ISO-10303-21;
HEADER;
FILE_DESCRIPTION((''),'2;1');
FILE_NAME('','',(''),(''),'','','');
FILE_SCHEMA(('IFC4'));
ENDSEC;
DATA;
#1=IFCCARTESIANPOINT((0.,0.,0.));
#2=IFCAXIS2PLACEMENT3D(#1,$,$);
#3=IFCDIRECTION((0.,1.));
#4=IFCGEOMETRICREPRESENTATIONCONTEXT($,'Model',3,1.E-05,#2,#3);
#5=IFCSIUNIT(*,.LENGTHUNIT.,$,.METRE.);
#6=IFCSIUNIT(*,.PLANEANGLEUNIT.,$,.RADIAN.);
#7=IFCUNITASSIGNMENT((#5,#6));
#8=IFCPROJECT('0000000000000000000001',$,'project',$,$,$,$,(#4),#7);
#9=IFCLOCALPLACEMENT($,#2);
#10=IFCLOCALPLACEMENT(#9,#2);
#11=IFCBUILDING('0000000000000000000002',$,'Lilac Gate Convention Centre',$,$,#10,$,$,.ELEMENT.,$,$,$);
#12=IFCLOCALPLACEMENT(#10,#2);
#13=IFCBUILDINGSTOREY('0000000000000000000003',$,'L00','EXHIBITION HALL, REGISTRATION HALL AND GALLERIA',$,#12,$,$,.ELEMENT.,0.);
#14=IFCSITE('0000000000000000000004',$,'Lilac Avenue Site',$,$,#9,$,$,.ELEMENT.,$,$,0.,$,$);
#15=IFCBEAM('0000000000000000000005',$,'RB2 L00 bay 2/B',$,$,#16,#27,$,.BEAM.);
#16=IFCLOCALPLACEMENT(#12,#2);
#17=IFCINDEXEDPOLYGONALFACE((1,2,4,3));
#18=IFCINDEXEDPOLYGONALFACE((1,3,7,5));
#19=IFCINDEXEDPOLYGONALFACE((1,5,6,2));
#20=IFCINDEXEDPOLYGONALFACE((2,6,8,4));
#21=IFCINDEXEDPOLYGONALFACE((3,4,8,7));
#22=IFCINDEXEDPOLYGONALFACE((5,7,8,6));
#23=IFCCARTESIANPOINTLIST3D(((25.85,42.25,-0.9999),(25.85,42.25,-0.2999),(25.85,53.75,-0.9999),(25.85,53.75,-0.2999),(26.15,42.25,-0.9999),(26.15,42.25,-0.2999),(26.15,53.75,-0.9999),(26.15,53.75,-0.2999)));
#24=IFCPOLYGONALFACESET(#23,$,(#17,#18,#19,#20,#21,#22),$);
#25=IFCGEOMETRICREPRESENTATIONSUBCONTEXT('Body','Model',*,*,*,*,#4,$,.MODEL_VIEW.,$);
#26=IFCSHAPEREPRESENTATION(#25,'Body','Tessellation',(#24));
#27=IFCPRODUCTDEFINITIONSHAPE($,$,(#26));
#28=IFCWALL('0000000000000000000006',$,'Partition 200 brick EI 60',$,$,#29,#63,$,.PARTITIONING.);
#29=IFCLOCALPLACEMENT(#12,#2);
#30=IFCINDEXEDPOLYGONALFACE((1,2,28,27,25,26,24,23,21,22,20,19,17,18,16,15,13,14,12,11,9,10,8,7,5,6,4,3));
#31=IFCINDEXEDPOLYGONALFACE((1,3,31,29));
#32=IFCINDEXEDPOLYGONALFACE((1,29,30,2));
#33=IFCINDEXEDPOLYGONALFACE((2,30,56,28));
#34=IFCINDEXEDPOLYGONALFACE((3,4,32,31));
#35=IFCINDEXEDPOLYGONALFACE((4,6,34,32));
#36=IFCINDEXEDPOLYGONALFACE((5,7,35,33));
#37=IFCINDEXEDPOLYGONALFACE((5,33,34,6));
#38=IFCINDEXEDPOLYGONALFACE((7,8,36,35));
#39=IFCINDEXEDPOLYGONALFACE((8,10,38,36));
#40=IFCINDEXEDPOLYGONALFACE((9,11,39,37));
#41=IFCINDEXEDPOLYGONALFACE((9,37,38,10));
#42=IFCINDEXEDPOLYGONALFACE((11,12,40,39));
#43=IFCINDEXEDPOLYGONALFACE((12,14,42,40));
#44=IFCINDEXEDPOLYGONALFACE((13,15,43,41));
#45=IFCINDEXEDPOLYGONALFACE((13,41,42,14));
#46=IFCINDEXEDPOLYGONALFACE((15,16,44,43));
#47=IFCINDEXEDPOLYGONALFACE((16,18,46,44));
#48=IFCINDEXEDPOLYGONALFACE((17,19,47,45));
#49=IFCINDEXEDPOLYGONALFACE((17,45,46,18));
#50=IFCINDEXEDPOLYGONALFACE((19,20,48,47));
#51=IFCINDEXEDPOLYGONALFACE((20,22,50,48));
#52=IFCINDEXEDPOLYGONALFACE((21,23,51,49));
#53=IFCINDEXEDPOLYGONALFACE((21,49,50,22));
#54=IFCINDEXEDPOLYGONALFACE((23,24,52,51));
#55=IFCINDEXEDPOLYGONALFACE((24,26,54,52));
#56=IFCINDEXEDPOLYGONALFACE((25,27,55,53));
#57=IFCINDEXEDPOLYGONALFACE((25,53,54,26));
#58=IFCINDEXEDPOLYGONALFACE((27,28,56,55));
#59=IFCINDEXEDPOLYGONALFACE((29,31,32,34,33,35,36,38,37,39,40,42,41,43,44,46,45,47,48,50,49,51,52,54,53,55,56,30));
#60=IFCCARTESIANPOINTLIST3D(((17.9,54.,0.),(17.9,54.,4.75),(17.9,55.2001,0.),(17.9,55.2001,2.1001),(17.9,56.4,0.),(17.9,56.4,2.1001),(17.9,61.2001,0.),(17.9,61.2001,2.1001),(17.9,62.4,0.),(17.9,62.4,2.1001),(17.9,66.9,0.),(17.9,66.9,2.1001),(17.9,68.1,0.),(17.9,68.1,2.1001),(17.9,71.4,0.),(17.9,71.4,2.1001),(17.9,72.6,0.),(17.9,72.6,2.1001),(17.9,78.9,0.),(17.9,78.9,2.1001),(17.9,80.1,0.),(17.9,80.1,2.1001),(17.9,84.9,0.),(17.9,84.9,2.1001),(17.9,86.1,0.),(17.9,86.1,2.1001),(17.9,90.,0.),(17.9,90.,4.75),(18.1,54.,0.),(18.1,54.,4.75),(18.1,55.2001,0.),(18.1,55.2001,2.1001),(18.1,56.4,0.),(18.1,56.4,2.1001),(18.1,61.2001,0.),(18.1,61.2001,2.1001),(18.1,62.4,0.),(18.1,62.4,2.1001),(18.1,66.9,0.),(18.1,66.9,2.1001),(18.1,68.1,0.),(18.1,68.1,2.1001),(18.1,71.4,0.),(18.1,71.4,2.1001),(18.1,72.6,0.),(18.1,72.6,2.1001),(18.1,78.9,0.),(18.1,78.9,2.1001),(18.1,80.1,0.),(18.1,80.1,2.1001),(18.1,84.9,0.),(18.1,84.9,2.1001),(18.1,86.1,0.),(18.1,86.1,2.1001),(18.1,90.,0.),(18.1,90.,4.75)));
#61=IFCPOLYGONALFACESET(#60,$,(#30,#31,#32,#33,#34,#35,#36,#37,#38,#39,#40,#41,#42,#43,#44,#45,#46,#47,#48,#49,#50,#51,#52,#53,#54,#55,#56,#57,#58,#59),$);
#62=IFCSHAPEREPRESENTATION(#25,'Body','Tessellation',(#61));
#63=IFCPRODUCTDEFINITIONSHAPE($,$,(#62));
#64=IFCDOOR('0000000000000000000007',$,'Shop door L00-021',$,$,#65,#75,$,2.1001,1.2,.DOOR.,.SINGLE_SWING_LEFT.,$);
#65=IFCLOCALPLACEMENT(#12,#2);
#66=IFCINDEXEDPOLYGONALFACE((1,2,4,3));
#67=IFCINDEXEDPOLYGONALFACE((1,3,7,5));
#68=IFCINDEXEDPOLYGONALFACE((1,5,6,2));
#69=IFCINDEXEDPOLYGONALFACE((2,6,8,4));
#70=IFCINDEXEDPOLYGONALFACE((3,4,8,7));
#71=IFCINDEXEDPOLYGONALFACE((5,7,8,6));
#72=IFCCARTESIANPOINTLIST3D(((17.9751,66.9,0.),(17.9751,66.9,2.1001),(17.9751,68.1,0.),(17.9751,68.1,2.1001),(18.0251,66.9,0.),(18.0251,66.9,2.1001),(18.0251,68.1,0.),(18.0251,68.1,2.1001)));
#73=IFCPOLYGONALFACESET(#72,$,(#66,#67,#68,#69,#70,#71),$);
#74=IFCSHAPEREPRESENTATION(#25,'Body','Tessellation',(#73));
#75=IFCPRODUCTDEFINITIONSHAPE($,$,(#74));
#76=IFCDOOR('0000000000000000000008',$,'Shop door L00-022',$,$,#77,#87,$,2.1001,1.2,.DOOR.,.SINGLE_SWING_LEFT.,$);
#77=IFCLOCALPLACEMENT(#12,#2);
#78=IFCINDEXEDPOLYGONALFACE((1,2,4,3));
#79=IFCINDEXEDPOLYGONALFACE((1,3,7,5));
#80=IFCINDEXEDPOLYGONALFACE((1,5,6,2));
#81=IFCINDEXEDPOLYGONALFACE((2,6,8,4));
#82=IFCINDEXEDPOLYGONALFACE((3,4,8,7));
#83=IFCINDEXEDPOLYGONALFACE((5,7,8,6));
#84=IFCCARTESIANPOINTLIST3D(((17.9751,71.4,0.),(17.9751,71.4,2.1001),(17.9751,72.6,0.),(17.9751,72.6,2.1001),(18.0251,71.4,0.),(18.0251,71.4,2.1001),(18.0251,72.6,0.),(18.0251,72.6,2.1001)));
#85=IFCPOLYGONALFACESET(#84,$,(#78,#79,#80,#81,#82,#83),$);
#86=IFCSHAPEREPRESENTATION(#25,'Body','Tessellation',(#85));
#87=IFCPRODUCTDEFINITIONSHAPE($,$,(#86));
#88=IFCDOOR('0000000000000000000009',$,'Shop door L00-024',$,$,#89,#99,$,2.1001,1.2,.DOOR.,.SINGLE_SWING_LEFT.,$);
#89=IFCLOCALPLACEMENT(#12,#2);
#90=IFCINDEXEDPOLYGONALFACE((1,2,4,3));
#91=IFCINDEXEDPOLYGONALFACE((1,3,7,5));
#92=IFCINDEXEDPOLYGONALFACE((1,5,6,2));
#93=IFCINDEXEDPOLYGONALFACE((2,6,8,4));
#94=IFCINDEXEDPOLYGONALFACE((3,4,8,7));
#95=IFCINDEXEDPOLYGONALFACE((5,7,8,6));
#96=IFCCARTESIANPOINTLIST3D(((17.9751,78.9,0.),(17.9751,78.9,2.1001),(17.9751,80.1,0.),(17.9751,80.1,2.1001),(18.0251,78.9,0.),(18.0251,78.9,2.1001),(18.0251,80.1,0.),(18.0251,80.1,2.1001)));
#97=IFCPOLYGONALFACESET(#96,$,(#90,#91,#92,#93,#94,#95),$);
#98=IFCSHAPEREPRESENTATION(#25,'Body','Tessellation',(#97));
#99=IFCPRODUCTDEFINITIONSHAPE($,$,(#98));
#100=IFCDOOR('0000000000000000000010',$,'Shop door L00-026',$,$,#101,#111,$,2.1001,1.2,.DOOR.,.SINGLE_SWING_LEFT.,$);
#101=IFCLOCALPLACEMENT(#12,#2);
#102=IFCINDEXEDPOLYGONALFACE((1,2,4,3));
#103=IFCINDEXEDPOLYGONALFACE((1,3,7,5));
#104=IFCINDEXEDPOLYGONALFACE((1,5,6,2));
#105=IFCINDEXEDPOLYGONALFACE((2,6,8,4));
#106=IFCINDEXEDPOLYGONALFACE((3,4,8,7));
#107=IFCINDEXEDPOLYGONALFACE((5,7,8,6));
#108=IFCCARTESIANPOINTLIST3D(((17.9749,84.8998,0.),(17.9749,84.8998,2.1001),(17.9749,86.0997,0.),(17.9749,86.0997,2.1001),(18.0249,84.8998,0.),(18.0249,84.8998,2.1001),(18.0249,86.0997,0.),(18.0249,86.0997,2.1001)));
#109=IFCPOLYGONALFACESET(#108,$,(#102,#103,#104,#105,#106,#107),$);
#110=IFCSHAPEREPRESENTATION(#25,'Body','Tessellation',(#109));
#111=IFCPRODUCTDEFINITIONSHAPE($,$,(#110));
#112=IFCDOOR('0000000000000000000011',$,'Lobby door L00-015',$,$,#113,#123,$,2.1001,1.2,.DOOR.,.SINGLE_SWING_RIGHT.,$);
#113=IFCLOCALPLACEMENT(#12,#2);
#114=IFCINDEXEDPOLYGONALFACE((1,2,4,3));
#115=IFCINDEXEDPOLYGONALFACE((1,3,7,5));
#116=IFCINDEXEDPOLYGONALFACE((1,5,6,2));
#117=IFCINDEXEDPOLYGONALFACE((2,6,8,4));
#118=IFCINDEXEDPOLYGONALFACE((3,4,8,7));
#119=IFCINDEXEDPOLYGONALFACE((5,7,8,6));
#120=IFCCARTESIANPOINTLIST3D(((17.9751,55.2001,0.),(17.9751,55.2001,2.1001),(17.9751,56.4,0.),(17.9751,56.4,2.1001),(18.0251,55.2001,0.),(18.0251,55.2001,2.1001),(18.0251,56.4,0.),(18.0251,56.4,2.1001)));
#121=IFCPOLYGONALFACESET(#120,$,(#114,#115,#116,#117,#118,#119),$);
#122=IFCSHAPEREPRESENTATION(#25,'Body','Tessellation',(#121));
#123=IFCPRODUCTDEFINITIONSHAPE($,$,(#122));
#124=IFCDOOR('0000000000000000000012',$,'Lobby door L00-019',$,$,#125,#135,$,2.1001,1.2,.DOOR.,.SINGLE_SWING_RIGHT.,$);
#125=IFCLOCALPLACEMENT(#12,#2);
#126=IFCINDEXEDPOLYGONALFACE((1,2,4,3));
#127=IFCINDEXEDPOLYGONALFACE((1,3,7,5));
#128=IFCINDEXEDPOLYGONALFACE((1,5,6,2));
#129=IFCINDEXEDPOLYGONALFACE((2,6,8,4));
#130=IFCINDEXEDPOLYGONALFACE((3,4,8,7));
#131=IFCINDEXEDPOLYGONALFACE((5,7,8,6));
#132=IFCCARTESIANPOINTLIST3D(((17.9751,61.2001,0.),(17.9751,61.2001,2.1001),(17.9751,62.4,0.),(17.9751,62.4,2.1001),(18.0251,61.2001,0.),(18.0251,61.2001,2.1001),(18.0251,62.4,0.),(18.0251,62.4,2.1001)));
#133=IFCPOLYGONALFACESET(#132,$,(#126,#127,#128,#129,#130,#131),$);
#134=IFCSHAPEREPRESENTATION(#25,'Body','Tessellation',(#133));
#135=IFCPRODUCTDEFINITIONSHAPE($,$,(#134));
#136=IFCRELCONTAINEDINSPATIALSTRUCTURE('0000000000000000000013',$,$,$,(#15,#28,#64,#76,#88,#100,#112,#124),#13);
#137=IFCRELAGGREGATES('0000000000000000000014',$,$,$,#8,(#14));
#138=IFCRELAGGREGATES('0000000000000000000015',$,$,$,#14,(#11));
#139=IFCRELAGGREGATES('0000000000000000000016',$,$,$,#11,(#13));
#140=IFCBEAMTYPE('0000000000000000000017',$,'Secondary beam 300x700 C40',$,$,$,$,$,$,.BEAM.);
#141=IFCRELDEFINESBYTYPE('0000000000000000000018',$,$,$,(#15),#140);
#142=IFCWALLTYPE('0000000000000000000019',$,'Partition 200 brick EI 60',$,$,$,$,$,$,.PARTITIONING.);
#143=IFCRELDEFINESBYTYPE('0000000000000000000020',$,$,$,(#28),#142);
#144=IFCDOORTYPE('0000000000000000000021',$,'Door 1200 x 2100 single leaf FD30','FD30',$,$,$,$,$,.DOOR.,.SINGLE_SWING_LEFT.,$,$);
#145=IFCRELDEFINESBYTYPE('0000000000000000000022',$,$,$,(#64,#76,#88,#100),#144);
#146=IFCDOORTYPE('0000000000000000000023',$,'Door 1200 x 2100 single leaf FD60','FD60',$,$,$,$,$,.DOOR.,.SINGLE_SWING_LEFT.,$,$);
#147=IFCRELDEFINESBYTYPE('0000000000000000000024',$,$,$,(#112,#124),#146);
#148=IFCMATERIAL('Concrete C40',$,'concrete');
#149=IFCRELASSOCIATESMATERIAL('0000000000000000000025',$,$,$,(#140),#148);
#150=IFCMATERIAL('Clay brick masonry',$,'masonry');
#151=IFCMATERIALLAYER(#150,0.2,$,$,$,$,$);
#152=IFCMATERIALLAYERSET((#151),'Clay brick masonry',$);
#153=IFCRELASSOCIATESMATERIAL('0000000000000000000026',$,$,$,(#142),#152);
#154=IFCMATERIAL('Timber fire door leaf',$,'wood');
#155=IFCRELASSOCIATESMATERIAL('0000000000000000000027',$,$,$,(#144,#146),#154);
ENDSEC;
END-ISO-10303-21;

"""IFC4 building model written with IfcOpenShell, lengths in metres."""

from ifc_helpers import new_model, si_unit, direction, frame, frame_2d, origin, origin_2d, place, context, subcontext, project, spatial, rectangle, extrude, material, layer, layer_set, material_profile, profile_set, type_object, element, fill, save


model = new_model("IFC4")

# Units and contexts
model_context = context("Model", 3, precision=1e-05, world=origin(), true_north=direction((0.0, 1.0)))
body_context = subcontext(model_context, "Body", "Model", "MODEL_VIEW")
ifc_project = project(units=[si_unit("LENGTHUNIT", "METRE"), si_unit("PLANEANGLEUNIT", "RADIAN")], contexts=[model_context])

# Site, building, storey
site_placement = place(None, origin())
site = spatial("IfcSite", under=ifc_project, at=site_placement, Name="Lilac Avenue Site", CompositionType="ELEMENT", RefElevation=0.0)
building_placement = place(site_placement, origin())
building = spatial("IfcBuilding", under=site, at=building_placement, Name="Lilac Gate Convention Centre", CompositionType="ELEMENT")
storey_placement = place(building_placement, origin())
storey = spatial("IfcBuildingStorey", under=building, at=storey_placement, Name="L00", Description="EXHIBITION HALL, REGISTRATION HALL AND GALLERIA", CompositionType="ELEMENT", Elevation=0.0)

# Shared definitions
ifc_material_1 = material(Name="Concrete C40", Category="concrete")

# Beam
ifc_material_profile_1 = material_profile(ifc_material_1, rectangle(XDim=0.3, YDim=0.7, at=origin_2d()), Name="RC 300x700")
ifc_profile_set_1 = profile_set([ifc_material_profile_1], Name="Concrete C40")
beam_type_1 = type_object("IfcBeamType", Name="Secondary beam 300x700 C40", PredefinedType="BEAM", material=ifc_profile_set_1)
for number, where, z_axis, x_axis, name in (
    (1, (26.0, 42.25, -0.6499), (0.0, 1.0, 0.0), (-1.0, 0.0, 0.0), "RB2 L00 bay 2/B"),
):
    element("IfcBeam", number, at=place(storey_placement, frame(where, z_axis=z_axis, x_axis=x_axis)), inside=storey, type_object=beam_type_1, Name=name, PredefinedType="BEAM", context=body_context, shape_type="SweptSolid", body=[
        extrude(rectangle(XDim=0.3, YDim=0.7, at=origin_2d()), origin(), (0.0, 0.0, 1.0), 11.5),
    ])

# Wall, openings, doors
ifc_material_2 = material(Name="Clay brick masonry", Category="masonry")
ifc_layer_1 = layer(ifc_material_2, 0.2)
ifc_layer_set_1 = layer_set([ifc_layer_1], Name="Clay brick masonry")
wall_type_1 = type_object("IfcWallType", Name="Partition 200 brick EI 60", PredefinedType="PARTITIONING", material=ifc_layer_set_1)
wall_1_placement = place(storey_placement, frame((18.0, 54.0, 0.0), z_axis=(0.0, 0.0, 1.0), x_axis=(0.0, 1.0, 0.0)))
wall_1 = element("IfcWall", 2, at=wall_1_placement, inside=storey, type_object=wall_type_1, Name="Partition 200 brick EI 60", PredefinedType="PARTITIONING", context=body_context, shape_type="SweptSolid", body=[
    extrude(rectangle(XDim=36.0, YDim=0.2, at=frame_2d((18.0, 0.0))), origin(), (0.0, 0.0, 1.0), 4.75),
])
opening_1_placement = place(wall_1_placement, frame((1.2, 0.0, 0.0)))
opening_1 = element("IfcOpeningElement", 3, at=opening_1_placement, cuts=wall_1, PredefinedType="OPENING", context=body_context, shape_type="SweptSolid", body=[
    extrude(rectangle(XDim=1.2, YDim=2.1001, at=frame_2d((0.6001, 1.05))), frame((0.0, 0.1099, 0.0), z_axis=(0.0, -1.0, 0.0), x_axis=(1.0, 0.0, 0.0)), (0.0, 0.0, 1.0), 0.22),
])
opening_2_placement = place(wall_1_placement, frame((7.2, 0.0, 0.0)))
opening_2 = element("IfcOpeningElement", 4, at=opening_2_placement, cuts=wall_1, PredefinedType="OPENING", context=body_context, shape_type="SweptSolid", body=[
    extrude(rectangle(XDim=1.2, YDim=2.1001, at=frame_2d((0.6001, 1.05))), frame((0.0, 0.1099, 0.0), z_axis=(0.0, -1.0, 0.0), x_axis=(1.0, 0.0, 0.0)), (0.0, 0.0, 1.0), 0.22),
])
opening_3_placement = place(wall_1_placement, frame((12.8999, 0.0, 0.0)))
opening_3 = element("IfcOpeningElement", 5, at=opening_3_placement, cuts=wall_1, PredefinedType="OPENING", context=body_context, shape_type="SweptSolid", body=[
    extrude(rectangle(XDim=1.2, YDim=2.1001, at=frame_2d((0.6001, 1.05))), frame((0.0, 0.1099, 0.0), z_axis=(0.0, -1.0, 0.0), x_axis=(1.0, 0.0, 0.0)), (0.0, 0.0, 1.0), 0.22),
])
opening_4_placement = place(wall_1_placement, frame((17.3999, 0.0, 0.0)))
opening_4 = element("IfcOpeningElement", 6, at=opening_4_placement, cuts=wall_1, PredefinedType="OPENING", context=body_context, shape_type="SweptSolid", body=[
    extrude(rectangle(XDim=1.2, YDim=2.1001, at=frame_2d((0.6001, 1.05))), frame((0.0, 0.1099, 0.0), z_axis=(0.0, -1.0, 0.0), x_axis=(1.0, 0.0, 0.0)), (0.0, 0.0, 1.0), 0.22),
])
opening_5_placement = place(wall_1_placement, frame((24.8999, 0.0, 0.0)))
opening_5 = element("IfcOpeningElement", 7, at=opening_5_placement, cuts=wall_1, PredefinedType="OPENING", context=body_context, shape_type="SweptSolid", body=[
    extrude(rectangle(XDim=1.2, YDim=2.1001, at=frame_2d((0.6001, 1.05))), frame((0.0, 0.1099, 0.0), z_axis=(0.0, -1.0, 0.0), x_axis=(1.0, 0.0, 0.0)), (0.0, 0.0, 1.0), 0.22),
])
opening_6_placement = place(wall_1_placement, frame((30.8999, 0.0, 0.0)))
opening_6 = element("IfcOpeningElement", 8, at=opening_6_placement, cuts=wall_1, PredefinedType="OPENING", context=body_context, shape_type="SweptSolid", body=[
    extrude(rectangle(XDim=1.2, YDim=2.1001, at=frame_2d((0.6001, 1.05))), frame((0.0, 0.1099, 0.0), z_axis=(0.0, -1.0, 0.0), x_axis=(1.0, 0.0, 0.0)), (0.0, 0.0, 1.0), 0.22),
])
ifc_material_3 = material(Name="Timber fire door leaf", Category="wood")
door_type_1 = type_object("IfcDoorType", Name="Door 1200 x 2100 single leaf FD30", Description="FD30", OperationType="SINGLE_SWING_LEFT", PredefinedType="DOOR", material=ifc_material_3)
door_1_placement = place(opening_3_placement, origin())
door_1 = element("IfcDoor", 9, at=door_1_placement, inside=storey, type_object=door_type_1, Name="Shop door L00-021", OperationType="SINGLE_SWING_LEFT", OverallHeight=2.1001, OverallWidth=1.2, PredefinedType="DOOR", context=body_context, shape_type="SweptSolid", body=[
    extrude(rectangle(XDim=1.2, YDim=2.1001, at=frame_2d((0.6001, 1.05))), frame((0.0, 0.0249, 0.0), z_axis=(0.0, -1.0, 0.0), x_axis=(1.0, 0.0, 0.0)), (0.0, 0.0, 1.0), 0.05),
])
fill(opening_3, door_1)
door_2_placement = place(opening_4_placement, origin())
door_2 = element("IfcDoor", 10, at=door_2_placement, inside=storey, type_object=door_type_1, Name="Shop door L00-022", OperationType="SINGLE_SWING_LEFT", OverallHeight=2.1001, OverallWidth=1.2, PredefinedType="DOOR", context=body_context, shape_type="SweptSolid", body=[
    extrude(rectangle(XDim=1.2, YDim=2.1001, at=frame_2d((0.6001, 1.05))), frame((0.0, 0.0249, 0.0), z_axis=(0.0, -1.0, 0.0), x_axis=(1.0, 0.0, 0.0)), (0.0, 0.0, 1.0), 0.05),
])
fill(opening_4, door_2)
door_3_placement = place(opening_5_placement, origin())
door_3 = element("IfcDoor", 11, at=door_3_placement, inside=storey, type_object=door_type_1, Name="Shop door L00-024", OperationType="SINGLE_SWING_LEFT", OverallHeight=2.1001, OverallWidth=1.2, PredefinedType="DOOR", context=body_context, shape_type="SweptSolid", body=[
    extrude(rectangle(XDim=1.2, YDim=2.1001, at=frame_2d((0.6001, 1.05))), frame((0.0, 0.0249, 0.0), z_axis=(0.0, -1.0, 0.0), x_axis=(1.0, 0.0, 0.0)), (0.0, 0.0, 1.0), 0.05),
])
fill(opening_5, door_3)
door_4_placement = place(opening_6_placement, frame((1.2, 0.0, 0.0), z_axis=(0.0, 0.0, 1.0), x_axis=(-1.0, 0.0, 0.0)))
door_4 = element("IfcDoor", 12, at=door_4_placement, inside=storey, type_object=door_type_1, Name="Shop door L00-026", OperationType="SINGLE_SWING_LEFT", OverallHeight=2.1001, OverallWidth=1.2, PredefinedType="DOOR", context=body_context, shape_type="SweptSolid", body=[
    extrude(rectangle(XDim=1.2, YDim=2.1001, at=frame_2d((0.6001, 1.05))), frame((0.0, 0.0249, 0.0), z_axis=(0.0, -1.0, 0.0), x_axis=(1.0, 0.0, 0.0)), (0.0, 0.0, 1.0), 0.05),
])
fill(opening_6, door_4)
door_type_2 = type_object("IfcDoorType", Name="Door 1200 x 2100 single leaf FD60", Description="FD60", OperationType="SINGLE_SWING_LEFT", PredefinedType="DOOR", material=ifc_material_3)
door_5_placement = place(opening_1_placement, origin())
door_5 = element("IfcDoor", 13, at=door_5_placement, inside=storey, type_object=door_type_2, Name="Lobby door L00-015", OperationType="SINGLE_SWING_RIGHT", OverallHeight=2.1001, OverallWidth=1.2, PredefinedType="DOOR", context=body_context, shape_type="SweptSolid", body=[
    extrude(rectangle(XDim=1.2, YDim=2.1001, at=frame_2d((0.6001, 1.05))), frame((0.0, 0.0249, 0.0), z_axis=(0.0, -1.0, 0.0), x_axis=(1.0, 0.0, 0.0)), (0.0, 0.0, 1.0), 0.05),
])
fill(opening_1, door_5)
door_6_placement = place(opening_2_placement, origin())
door_6 = element("IfcDoor", 14, at=door_6_placement, inside=storey, type_object=door_type_2, Name="Lobby door L00-019", OperationType="SINGLE_SWING_RIGHT", OverallHeight=2.1001, OverallWidth=1.2, PredefinedType="DOOR", context=body_context, shape_type="SweptSolid", body=[
    extrude(rectangle(XDim=1.2, YDim=2.1001, at=frame_2d((0.6001, 1.05))), frame((0.0, 0.0249, 0.0), z_axis=(0.0, -1.0, 0.0), x_axis=(1.0, 0.0, 0.0)), (0.0, 0.0, 1.0), 0.05),
])
fill(opening_2, door_6)

save(model, "model.ifc")
